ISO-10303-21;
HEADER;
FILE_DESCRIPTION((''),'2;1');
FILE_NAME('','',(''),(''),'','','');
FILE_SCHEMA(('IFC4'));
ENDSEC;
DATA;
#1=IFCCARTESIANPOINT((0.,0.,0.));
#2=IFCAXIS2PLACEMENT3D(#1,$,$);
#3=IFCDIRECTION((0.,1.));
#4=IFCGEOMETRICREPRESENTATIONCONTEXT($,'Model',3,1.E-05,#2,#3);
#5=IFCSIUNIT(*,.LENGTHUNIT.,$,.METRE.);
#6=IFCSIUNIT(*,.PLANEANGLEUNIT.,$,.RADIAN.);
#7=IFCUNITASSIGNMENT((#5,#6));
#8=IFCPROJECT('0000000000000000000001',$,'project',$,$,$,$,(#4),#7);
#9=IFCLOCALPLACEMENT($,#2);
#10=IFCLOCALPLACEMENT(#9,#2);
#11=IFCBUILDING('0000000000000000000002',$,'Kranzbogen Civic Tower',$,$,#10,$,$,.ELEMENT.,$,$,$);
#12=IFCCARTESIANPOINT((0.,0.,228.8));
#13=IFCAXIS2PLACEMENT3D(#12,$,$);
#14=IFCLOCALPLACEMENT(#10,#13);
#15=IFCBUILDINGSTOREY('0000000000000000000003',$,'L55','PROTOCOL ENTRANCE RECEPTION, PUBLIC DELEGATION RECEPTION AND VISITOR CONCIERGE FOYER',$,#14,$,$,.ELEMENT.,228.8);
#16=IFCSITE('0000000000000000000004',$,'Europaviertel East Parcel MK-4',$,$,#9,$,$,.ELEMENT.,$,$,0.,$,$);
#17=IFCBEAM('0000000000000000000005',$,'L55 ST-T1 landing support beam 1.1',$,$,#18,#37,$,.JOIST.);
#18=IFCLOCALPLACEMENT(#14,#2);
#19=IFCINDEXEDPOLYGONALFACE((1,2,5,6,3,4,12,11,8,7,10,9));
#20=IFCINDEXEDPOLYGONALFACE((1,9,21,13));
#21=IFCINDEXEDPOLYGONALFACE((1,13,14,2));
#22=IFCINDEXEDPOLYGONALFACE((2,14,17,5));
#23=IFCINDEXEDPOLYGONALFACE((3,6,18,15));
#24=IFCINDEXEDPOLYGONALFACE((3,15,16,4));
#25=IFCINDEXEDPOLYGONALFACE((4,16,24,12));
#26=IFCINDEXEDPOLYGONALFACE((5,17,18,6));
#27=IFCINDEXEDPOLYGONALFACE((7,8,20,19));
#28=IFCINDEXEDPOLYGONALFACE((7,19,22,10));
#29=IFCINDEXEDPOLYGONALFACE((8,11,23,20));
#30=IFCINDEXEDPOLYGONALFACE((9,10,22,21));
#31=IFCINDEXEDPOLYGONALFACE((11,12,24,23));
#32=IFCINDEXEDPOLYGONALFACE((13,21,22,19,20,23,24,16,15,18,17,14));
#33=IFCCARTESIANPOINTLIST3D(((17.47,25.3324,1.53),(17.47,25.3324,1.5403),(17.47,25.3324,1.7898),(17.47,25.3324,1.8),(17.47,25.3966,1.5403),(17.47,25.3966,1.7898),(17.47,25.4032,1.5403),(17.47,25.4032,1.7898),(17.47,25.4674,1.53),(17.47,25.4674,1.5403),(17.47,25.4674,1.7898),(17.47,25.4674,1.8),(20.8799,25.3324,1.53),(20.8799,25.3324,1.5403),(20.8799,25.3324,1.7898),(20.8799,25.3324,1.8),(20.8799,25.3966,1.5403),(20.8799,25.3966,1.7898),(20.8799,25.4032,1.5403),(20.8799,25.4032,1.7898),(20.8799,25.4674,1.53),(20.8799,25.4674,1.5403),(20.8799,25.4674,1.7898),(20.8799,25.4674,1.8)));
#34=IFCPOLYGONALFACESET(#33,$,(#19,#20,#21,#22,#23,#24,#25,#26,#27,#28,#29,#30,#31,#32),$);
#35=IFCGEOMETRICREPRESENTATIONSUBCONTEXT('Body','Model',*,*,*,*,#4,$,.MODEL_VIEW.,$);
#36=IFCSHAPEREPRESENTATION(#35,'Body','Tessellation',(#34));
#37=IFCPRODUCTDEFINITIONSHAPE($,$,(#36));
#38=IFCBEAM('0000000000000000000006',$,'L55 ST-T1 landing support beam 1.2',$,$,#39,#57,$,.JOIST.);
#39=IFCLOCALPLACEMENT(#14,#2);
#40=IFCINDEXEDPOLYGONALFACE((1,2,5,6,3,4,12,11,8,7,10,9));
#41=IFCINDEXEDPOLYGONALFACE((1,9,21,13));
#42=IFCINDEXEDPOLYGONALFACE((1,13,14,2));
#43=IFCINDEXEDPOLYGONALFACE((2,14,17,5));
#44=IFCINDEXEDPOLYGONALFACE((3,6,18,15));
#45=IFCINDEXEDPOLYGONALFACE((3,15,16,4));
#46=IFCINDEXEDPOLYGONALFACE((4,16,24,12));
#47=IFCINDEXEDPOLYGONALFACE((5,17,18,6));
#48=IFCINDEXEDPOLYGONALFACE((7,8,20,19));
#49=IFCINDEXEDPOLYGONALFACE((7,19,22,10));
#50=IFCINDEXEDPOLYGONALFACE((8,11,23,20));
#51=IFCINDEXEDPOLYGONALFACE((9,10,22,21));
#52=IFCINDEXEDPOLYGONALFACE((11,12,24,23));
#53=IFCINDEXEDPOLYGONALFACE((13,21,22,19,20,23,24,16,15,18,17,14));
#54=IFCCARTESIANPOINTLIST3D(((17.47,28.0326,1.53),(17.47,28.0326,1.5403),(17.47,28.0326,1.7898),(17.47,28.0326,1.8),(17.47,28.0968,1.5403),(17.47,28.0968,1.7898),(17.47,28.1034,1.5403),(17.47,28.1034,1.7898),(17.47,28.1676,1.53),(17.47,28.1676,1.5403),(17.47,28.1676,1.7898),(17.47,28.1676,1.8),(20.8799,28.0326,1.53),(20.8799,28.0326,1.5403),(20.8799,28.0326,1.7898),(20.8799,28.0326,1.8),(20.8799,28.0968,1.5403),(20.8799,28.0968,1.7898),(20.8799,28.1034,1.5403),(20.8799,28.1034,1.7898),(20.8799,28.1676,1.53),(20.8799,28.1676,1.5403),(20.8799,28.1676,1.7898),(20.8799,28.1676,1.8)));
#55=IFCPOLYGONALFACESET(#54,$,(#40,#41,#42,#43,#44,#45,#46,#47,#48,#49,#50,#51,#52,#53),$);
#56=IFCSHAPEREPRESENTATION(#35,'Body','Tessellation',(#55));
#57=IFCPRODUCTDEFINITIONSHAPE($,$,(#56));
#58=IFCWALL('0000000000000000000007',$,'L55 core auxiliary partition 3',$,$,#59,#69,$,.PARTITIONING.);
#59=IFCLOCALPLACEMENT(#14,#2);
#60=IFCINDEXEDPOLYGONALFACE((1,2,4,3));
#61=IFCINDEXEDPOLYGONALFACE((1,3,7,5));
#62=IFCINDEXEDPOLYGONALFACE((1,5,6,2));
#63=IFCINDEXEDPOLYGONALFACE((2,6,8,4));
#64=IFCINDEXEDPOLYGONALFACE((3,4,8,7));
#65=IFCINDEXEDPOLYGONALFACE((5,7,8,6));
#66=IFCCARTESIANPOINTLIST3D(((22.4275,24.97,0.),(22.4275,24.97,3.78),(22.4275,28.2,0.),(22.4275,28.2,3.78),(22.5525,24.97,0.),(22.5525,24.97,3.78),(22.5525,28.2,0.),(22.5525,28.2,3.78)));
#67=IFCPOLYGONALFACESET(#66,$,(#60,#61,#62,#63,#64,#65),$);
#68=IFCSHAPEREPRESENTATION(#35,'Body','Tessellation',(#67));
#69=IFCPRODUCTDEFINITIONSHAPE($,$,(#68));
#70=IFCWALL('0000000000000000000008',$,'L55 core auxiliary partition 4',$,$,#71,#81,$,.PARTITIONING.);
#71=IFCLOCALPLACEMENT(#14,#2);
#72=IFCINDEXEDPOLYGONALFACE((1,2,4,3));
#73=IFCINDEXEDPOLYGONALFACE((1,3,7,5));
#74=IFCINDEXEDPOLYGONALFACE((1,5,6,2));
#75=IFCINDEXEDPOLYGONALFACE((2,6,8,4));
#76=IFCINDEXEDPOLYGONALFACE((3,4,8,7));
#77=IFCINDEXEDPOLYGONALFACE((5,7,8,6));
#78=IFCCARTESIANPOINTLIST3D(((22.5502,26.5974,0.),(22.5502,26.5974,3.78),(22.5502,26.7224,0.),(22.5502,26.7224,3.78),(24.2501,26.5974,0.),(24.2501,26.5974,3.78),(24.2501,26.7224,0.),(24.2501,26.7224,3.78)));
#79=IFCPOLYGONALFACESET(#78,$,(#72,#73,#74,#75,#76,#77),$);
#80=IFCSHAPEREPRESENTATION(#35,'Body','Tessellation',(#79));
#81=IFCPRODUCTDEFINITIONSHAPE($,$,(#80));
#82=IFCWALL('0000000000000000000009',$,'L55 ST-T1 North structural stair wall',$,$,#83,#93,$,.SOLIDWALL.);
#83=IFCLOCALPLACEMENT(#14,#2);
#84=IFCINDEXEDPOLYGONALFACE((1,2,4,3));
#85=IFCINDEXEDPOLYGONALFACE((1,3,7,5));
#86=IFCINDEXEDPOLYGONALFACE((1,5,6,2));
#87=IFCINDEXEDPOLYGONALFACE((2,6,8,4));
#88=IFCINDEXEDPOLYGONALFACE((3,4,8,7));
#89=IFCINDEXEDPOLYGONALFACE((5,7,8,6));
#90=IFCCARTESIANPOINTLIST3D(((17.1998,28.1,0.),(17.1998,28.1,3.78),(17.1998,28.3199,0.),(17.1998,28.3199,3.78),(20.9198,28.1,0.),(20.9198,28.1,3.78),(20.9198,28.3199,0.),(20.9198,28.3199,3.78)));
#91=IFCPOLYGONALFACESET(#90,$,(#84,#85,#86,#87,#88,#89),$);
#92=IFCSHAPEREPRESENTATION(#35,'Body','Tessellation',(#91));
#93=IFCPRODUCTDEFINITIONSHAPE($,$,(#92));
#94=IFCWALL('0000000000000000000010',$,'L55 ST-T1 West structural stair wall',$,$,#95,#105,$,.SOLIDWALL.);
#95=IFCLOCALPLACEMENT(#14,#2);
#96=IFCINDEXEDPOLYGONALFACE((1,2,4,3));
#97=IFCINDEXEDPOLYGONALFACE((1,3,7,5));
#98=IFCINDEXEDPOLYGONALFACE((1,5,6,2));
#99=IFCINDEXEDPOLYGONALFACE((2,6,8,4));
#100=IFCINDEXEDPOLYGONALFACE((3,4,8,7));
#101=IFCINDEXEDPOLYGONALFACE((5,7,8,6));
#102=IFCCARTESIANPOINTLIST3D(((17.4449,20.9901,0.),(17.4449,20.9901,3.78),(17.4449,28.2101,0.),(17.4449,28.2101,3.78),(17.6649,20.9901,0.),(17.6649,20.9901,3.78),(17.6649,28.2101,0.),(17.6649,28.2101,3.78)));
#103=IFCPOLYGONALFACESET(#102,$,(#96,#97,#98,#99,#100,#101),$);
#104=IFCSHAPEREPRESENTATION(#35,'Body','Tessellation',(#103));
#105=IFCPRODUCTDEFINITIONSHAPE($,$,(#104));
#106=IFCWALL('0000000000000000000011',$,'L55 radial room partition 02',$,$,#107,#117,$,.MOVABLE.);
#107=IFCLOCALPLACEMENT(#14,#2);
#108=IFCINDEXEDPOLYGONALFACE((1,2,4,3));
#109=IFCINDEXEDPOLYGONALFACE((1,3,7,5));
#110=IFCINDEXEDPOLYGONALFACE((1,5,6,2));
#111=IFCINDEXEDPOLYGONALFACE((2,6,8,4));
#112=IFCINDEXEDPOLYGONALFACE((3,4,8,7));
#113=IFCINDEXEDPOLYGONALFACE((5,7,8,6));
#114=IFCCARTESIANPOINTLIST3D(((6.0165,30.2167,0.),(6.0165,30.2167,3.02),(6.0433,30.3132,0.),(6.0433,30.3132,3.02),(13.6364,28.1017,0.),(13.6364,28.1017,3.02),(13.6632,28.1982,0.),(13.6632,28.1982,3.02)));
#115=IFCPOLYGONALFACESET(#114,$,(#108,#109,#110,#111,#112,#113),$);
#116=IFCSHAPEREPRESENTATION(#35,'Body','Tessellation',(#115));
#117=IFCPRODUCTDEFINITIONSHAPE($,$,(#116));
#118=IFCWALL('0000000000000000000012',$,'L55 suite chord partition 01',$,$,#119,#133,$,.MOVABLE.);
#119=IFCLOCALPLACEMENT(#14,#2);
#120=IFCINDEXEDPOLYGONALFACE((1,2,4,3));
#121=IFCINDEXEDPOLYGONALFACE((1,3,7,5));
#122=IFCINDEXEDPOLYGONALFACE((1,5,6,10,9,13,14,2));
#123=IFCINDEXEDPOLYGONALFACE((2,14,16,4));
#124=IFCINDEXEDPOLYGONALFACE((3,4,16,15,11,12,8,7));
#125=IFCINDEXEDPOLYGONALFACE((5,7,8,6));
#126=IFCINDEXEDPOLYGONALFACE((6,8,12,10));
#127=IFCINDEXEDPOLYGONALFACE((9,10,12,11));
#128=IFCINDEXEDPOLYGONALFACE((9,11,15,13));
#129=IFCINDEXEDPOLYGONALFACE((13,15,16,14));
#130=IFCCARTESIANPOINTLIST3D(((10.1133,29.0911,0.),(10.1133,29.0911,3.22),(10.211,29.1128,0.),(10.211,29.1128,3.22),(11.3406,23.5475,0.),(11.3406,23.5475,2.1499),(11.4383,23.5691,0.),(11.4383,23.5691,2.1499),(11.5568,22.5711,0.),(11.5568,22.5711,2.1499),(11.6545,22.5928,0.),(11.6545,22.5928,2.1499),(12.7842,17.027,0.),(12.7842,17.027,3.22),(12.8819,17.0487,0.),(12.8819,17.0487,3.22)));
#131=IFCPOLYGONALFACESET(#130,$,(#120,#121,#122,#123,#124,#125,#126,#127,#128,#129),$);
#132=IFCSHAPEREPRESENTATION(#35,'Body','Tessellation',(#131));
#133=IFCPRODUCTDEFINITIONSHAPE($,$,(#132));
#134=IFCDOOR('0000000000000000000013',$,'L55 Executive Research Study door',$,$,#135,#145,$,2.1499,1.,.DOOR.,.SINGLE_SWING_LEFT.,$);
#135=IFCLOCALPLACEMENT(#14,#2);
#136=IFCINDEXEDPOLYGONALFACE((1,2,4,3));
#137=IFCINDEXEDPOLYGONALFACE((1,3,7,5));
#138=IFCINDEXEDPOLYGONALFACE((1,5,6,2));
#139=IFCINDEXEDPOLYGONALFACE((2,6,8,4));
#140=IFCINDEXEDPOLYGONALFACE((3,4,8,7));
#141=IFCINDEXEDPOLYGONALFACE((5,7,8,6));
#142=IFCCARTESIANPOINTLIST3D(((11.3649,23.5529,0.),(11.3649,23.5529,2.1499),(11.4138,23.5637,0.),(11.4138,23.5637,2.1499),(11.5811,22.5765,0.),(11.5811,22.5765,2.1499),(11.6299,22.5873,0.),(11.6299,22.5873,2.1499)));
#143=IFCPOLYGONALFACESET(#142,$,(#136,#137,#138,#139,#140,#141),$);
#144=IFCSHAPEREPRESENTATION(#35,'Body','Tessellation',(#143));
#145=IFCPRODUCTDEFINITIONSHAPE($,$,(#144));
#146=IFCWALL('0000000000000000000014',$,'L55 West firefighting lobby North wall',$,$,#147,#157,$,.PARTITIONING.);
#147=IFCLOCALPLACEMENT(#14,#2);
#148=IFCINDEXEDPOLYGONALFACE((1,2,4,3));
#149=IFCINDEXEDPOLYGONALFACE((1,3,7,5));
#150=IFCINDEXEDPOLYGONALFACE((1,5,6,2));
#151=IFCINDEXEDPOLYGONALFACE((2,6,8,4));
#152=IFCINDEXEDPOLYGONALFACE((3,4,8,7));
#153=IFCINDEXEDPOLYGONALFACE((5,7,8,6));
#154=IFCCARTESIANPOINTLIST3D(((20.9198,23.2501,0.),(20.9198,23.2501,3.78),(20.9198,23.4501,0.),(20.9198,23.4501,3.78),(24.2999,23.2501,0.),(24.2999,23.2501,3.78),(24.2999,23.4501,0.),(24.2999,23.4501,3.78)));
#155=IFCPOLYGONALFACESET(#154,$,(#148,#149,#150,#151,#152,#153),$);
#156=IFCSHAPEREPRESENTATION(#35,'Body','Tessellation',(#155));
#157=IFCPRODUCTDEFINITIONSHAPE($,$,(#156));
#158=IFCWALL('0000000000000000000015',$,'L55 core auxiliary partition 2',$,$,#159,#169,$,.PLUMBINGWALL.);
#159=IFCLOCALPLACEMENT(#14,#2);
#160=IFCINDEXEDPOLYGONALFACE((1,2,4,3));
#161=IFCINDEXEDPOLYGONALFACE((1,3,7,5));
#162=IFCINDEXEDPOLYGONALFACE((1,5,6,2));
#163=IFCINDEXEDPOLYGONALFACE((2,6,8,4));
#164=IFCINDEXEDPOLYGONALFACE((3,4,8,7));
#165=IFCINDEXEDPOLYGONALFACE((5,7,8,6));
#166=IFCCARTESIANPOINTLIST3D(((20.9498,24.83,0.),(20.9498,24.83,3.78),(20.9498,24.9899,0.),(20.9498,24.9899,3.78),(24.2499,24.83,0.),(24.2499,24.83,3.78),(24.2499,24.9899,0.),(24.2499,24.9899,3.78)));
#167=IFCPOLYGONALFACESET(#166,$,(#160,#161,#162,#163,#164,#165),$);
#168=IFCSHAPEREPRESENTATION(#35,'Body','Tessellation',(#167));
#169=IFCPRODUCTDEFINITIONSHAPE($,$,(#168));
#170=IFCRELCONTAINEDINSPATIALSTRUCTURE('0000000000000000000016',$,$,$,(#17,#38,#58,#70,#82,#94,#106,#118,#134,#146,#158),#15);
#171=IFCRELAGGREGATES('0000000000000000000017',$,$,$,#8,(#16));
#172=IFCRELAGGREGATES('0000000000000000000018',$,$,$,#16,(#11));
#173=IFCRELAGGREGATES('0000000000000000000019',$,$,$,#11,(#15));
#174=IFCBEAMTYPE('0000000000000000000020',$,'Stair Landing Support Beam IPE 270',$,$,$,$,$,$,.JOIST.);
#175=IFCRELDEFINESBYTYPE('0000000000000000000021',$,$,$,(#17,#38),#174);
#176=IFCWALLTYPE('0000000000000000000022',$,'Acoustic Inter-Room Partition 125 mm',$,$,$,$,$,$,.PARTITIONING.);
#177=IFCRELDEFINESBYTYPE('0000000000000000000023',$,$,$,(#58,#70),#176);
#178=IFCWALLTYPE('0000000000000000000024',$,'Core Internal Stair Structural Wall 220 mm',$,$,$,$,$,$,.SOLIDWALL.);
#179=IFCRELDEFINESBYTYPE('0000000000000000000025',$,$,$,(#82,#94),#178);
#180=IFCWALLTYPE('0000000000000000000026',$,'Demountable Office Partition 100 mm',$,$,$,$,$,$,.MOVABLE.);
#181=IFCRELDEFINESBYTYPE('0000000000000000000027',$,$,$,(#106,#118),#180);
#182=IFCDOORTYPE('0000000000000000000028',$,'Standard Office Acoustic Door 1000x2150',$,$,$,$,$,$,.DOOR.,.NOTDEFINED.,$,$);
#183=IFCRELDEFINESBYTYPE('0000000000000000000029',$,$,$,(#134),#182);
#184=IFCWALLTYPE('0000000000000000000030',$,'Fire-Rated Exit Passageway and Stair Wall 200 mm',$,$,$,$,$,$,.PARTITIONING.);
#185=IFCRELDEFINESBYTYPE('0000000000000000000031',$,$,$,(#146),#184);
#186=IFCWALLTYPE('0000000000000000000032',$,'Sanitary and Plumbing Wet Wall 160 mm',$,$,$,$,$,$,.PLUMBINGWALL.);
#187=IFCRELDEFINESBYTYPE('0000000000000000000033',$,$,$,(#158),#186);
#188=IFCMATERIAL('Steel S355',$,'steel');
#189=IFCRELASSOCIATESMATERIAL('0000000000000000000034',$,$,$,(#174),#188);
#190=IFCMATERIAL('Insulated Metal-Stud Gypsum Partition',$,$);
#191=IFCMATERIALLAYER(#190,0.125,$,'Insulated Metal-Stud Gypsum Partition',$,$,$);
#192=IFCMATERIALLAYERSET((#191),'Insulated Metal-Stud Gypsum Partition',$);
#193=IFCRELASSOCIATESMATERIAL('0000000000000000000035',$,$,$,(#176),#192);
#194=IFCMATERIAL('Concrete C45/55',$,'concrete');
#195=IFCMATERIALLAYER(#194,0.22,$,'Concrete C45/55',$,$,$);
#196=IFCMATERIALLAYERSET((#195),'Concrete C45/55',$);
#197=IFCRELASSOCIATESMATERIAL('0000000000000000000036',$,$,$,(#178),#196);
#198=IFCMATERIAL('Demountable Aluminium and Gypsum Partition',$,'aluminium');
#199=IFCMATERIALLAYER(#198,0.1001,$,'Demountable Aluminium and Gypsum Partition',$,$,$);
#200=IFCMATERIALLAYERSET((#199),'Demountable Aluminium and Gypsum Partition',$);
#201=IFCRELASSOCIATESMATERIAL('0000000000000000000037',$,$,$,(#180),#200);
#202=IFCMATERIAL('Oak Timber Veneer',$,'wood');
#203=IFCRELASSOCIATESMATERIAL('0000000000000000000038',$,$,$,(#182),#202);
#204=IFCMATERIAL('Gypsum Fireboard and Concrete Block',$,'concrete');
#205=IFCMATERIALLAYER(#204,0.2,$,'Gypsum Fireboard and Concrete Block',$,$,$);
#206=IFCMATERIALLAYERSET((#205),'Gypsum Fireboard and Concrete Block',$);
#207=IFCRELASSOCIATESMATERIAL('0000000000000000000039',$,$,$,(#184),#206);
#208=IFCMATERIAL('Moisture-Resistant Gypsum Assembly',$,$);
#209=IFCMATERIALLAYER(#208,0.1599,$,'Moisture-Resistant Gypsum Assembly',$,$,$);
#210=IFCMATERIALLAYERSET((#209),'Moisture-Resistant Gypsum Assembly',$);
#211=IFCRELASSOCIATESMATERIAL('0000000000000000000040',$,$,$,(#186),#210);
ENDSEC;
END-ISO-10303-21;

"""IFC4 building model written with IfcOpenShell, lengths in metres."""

from ifc_helpers import new_model, si_unit, direction, frame, frame_2d, origin, origin_2d, place, context, subcontext, project, spatial, rectangle, i_section, extrude, material, layer, layer_set, material_profile, profile_set, type_object, element, fill, save


model = new_model("IFC4")

# Units and contexts
model_context = context("Model", 3, precision=1e-05, world=origin(), true_north=direction((0.0, 1.0)))
body_context = subcontext(model_context, "Body", "Model", "MODEL_VIEW")
ifc_project = project(units=[si_unit("LENGTHUNIT", "METRE"), si_unit("PLANEANGLEUNIT", "RADIAN")], contexts=[model_context])

# Site, building, storey
site_placement = place(None, origin())
site = spatial("IfcSite", under=ifc_project, at=site_placement, Name="Europaviertel East Parcel MK-4", CompositionType="ELEMENT", RefElevation=0.0)
building_placement = place(site_placement, origin())
building = spatial("IfcBuilding", under=site, at=building_placement, Name="Kranzbogen Civic Tower", CompositionType="ELEMENT")
storey_placement = place(building_placement, frame((0.0, 0.0, 228.8)))
storey = spatial("IfcBuildingStorey", under=building, at=storey_placement, Name="L55", Description="PROTOCOL ENTRANCE RECEPTION, PUBLIC DELEGATION RECEPTION AND VISITOR CONCIERGE FOYER", CompositionType="ELEMENT", Elevation=228.8)

# Shared definitions
ifc_material_1 = material(Name="Steel S355", Category="steel")

# Beams
ifc_material_profile_1 = material_profile(ifc_material_1, i_section(OverallWidth=0.135, OverallDepth=0.27, WebThickness=0.0066, FlangeThickness=0.0103, at=origin_2d()), Name="IPE 270")
ifc_profile_set_1 = profile_set([ifc_material_profile_1], Name="Steel S355")
beam_type_1 = type_object("IfcBeamType", Name="Stair Landing Support Beam IPE 270", PredefinedType="JOIST", material=ifc_profile_set_1)
for number, where, z_axis, x_axis, name in (
    (1, (20.8799, 25.3999, 1.665), (-1.0, 0.0, 0.0), (0.0, -1.0, 0.0), "L55 ST-T1 landing support beam 1.1"),
    (2, (20.8799, 28.1001, 1.665), (-1.0, 0.0, 0.0), (0.0, -1.0, 0.0), "L55 ST-T1 landing support beam 1.2"),
):
    element("IfcBeam", number, at=place(storey_placement, frame(where, z_axis=z_axis, x_axis=x_axis)), inside=storey, type_object=beam_type_1, Name=name, PredefinedType="JOIST", context=body_context, shape_type="SweptSolid", body=[
        extrude(i_section(OverallWidth=0.135, OverallDepth=0.27, WebThickness=0.0066, FlangeThickness=0.0103, at=origin_2d()), origin(), (0.0, 0.0, 1.0), 3.4099),
    ])

# Shared definitions
ifc_material_2 = material(Name="Insulated Metal-Stud Gypsum Partition")
ifc_layer_1 = layer(ifc_material_2, 0.125, Name="Insulated Metal-Stud Gypsum Partition")
ifc_layer_set_1 = layer_set([ifc_layer_1], Name="Insulated Metal-Stud Gypsum Partition")
wall_type_1 = type_object("IfcWallType", Name="Acoustic Inter-Room Partition 125 mm", PredefinedType="PARTITIONING", material=ifc_layer_set_1)

# Walls
wall_1_placement = place(storey_placement, frame((22.49, 24.97, 0.0), z_axis=(0.0, 0.0, 1.0), x_axis=(0.0, 1.0, 0.0)))
element("IfcWall", 3, at=wall_1_placement, inside=storey, type_object=wall_type_1, Name="L55 core auxiliary partition 3", PredefinedType="PARTITIONING", context=body_context, shape_type="SweptSolid", body=[
    extrude(rectangle(XDim=3.23, YDim=0.125, at=frame_2d((1.615, 0.0))), origin(), (0.0, 0.0, 1.0), 3.78),
])
wall_2_placement = place(storey_placement, frame((22.55, 26.6599, 0.0), z_axis=(0.0, 0.0, 1.0), x_axis=(1.0, 0.0, 0.0)))
element("IfcWall", 4, at=wall_2_placement, inside=storey, type_object=wall_type_1, Name="L55 core auxiliary partition 4", PredefinedType="PARTITIONING", context=body_context, shape_type="SweptSolid", body=[
    extrude(rectangle(XDim=1.7, YDim=0.125, at=frame_2d((0.8501, 0.0))), origin(), (0.0, 0.0, 1.0), 3.78),
])
ifc_material_3 = material(Name="Concrete C45/55", Category="concrete")
ifc_layer_2 = layer(ifc_material_3, 0.22, Name="Concrete C45/55")
ifc_layer_set_2 = layer_set([ifc_layer_2], Name="Concrete C45/55")
wall_type_2 = type_object("IfcWallType", Name="Core Internal Stair Structural Wall 220 mm", PredefinedType="SOLIDWALL", material=ifc_layer_set_2)
wall_3_placement = place(storey_placement, frame((17.2, 28.21, 0.0), z_axis=(0.0, 0.0, 1.0), x_axis=(1.0, 0.0, 0.0)))
element("IfcWall", 5, at=wall_3_placement, inside=storey, type_object=wall_type_2, Name="L55 ST-T1 North structural stair wall", PredefinedType="SOLIDWALL", context=body_context, shape_type="SweptSolid", body=[
    extrude(rectangle(XDim=3.72, YDim=0.22, at=frame_2d((1.8599, 0.0))), origin(), (0.0, 0.0, 1.0), 3.78),
])
wall_4_placement = place(storey_placement, frame((17.5549, 28.21, 0.0), z_axis=(0.0, 0.0, 1.0), x_axis=(0.0, -1.0, 0.0)))
element("IfcWall", 6, at=wall_4_placement, inside=storey, type_object=wall_type_2, Name="L55 ST-T1 West structural stair wall", PredefinedType="SOLIDWALL", context=body_context, shape_type="SweptSolid", body=[
    extrude(rectangle(XDim=7.22, YDim=0.22, at=frame_2d((3.6099, 0.0))), origin(), (0.0, 0.0, 1.0), 3.78),
])
ifc_material_4 = material(Name="Demountable Aluminium and Gypsum Partition", Category="aluminium")
ifc_layer_3 = layer(ifc_material_4, 0.1001, Name="Demountable Aluminium and Gypsum Partition")
ifc_layer_set_3 = layer_set([ifc_layer_3], Name="Demountable Aluminium and Gypsum Partition")
wall_type_3 = type_object("IfcWallType", Name="Demountable Office Partition 100 mm", PredefinedType="MOVABLE", material=ifc_layer_set_3)
wall_5_placement = place(storey_placement, frame((13.6499, 28.1499, 0.0), z_axis=(0.0, 0.0, 1.0), x_axis=(-0.963571, 0.267451, 0.0)))
element("IfcWall", 7, at=wall_5_placement, inside=storey, type_object=wall_type_3, Name="L55 radial room partition 02", PredefinedType="MOVABLE", context=body_context, shape_type="SweptSolid", body=[
    extrude(rectangle(XDim=7.908, YDim=0.1001, at=frame_2d((3.9541, 0.0))), origin(), (0.0, 0.0, 1.0), 3.02),
])

# Wall, opening, door
wall_6_placement = place(storey_placement, frame((10.1621, 29.1021, 0.0), z_axis=(0.0, 0.0, 1.0), x_axis=(0.21616, -0.976358, 0.0)))
wall_6 = element("IfcWall", 8, at=wall_6_placement, inside=storey, type_object=wall_type_3, Name="L55 suite chord partition 01", PredefinedType="MOVABLE", context=body_context, shape_type="SweptSolid", body=[
    extrude(rectangle(XDim=12.3562, YDim=0.1001, at=frame_2d((6.1782, 0.0))), origin(), (0.0, 0.0, 1.0), 3.22),
])
opening_1_placement = place(wall_6_placement, frame((5.678, 0.0, 0.0)))
opening_1 = element("IfcOpeningElement", 9, at=opening_1_placement, cuts=wall_6, PredefinedType="OPENING", context=body_context, shape_type="SweptSolid", body=[
    extrude(rectangle(XDim=1.0, YDim=2.1499, at=frame_2d((0.5, 1.075))), frame((0.0, 0.0601, 0.0), z_axis=(0.0, -1.0, 0.0), x_axis=(1.0, 0.0, 0.0)), (0.0, 0.0, 1.0), 0.1201),
])
ifc_material_5 = material(Name="Oak Timber Veneer", Category="wood")
door_type_1 = type_object("IfcDoorType", Name="Standard Office Acoustic Door 1000x2150", OperationType="NOTDEFINED", PredefinedType="DOOR", material=ifc_material_5)
door_1_placement = place(opening_1_placement, origin())
door_1 = element("IfcDoor", 10, at=door_1_placement, inside=storey, type_object=door_type_1, Name="L55 Executive Research Study door", OperationType="SINGLE_SWING_LEFT", OverallHeight=2.1499, OverallWidth=1.0, PredefinedType="DOOR", context=body_context, shape_type="SweptSolid", body=[
    extrude(rectangle(XDim=1.0, YDim=2.1499, at=frame_2d((0.5, 1.075))), frame((0.0, 0.0249, 0.0), z_axis=(0.0, -1.0, 0.0), x_axis=(1.0, 0.0, 0.0)), (0.0, 0.0, 1.0), 0.05),
])
fill(opening_1, door_1)

# Walls
ifc_material_6 = material(Name="Gypsum Fireboard and Concrete Block", Category="concrete")
ifc_layer_4 = layer(ifc_material_6, 0.2, Name="Gypsum Fireboard and Concrete Block")
ifc_layer_set_4 = layer_set([ifc_layer_4], Name="Gypsum Fireboard and Concrete Block")
wall_type_4 = type_object("IfcWallType", Name="Fire-Rated Exit Passageway and Stair Wall 200 mm", PredefinedType="PARTITIONING", material=ifc_layer_set_4)
wall_7_placement = place(storey_placement, frame((20.9199, 23.3501, 0.0), z_axis=(0.0, 0.0, 1.0), x_axis=(1.0, 0.0, 0.0)))
element("IfcWall", 11, at=wall_7_placement, inside=storey, type_object=wall_type_4, Name="L55 West firefighting lobby North wall", PredefinedType="PARTITIONING", context=body_context, shape_type="SweptSolid", body=[
    extrude(rectangle(XDim=3.3801, YDim=0.2, at=frame_2d((1.6899, 0.0))), origin(), (0.0, 0.0, 1.0), 3.78),
])
ifc_material_7 = material(Name="Moisture-Resistant Gypsum Assembly")
ifc_layer_5 = layer(ifc_material_7, 0.1599, Name="Moisture-Resistant Gypsum Assembly")
ifc_layer_set_5 = layer_set([ifc_layer_5], Name="Moisture-Resistant Gypsum Assembly")
wall_type_5 = type_object("IfcWallType", Name="Sanitary and Plumbing Wet Wall 160 mm", PredefinedType="PLUMBINGWALL", material=ifc_layer_set_5)
wall_8_placement = place(storey_placement, frame((20.95, 24.9099, 0.0), z_axis=(0.0, 0.0, 1.0), x_axis=(1.0, 0.0, 0.0)))
element("IfcWall", 12, at=wall_8_placement, inside=storey, type_object=wall_type_5, Name="L55 core auxiliary partition 2", PredefinedType="PLUMBINGWALL", context=body_context, shape_type="SweptSolid", body=[
    extrude(rectangle(XDim=3.3, YDim=0.1599, at=frame_2d((1.6499, 0.0))), origin(), (0.0, 0.0, 1.0), 3.78),
])

save(model, "model.ifc")
